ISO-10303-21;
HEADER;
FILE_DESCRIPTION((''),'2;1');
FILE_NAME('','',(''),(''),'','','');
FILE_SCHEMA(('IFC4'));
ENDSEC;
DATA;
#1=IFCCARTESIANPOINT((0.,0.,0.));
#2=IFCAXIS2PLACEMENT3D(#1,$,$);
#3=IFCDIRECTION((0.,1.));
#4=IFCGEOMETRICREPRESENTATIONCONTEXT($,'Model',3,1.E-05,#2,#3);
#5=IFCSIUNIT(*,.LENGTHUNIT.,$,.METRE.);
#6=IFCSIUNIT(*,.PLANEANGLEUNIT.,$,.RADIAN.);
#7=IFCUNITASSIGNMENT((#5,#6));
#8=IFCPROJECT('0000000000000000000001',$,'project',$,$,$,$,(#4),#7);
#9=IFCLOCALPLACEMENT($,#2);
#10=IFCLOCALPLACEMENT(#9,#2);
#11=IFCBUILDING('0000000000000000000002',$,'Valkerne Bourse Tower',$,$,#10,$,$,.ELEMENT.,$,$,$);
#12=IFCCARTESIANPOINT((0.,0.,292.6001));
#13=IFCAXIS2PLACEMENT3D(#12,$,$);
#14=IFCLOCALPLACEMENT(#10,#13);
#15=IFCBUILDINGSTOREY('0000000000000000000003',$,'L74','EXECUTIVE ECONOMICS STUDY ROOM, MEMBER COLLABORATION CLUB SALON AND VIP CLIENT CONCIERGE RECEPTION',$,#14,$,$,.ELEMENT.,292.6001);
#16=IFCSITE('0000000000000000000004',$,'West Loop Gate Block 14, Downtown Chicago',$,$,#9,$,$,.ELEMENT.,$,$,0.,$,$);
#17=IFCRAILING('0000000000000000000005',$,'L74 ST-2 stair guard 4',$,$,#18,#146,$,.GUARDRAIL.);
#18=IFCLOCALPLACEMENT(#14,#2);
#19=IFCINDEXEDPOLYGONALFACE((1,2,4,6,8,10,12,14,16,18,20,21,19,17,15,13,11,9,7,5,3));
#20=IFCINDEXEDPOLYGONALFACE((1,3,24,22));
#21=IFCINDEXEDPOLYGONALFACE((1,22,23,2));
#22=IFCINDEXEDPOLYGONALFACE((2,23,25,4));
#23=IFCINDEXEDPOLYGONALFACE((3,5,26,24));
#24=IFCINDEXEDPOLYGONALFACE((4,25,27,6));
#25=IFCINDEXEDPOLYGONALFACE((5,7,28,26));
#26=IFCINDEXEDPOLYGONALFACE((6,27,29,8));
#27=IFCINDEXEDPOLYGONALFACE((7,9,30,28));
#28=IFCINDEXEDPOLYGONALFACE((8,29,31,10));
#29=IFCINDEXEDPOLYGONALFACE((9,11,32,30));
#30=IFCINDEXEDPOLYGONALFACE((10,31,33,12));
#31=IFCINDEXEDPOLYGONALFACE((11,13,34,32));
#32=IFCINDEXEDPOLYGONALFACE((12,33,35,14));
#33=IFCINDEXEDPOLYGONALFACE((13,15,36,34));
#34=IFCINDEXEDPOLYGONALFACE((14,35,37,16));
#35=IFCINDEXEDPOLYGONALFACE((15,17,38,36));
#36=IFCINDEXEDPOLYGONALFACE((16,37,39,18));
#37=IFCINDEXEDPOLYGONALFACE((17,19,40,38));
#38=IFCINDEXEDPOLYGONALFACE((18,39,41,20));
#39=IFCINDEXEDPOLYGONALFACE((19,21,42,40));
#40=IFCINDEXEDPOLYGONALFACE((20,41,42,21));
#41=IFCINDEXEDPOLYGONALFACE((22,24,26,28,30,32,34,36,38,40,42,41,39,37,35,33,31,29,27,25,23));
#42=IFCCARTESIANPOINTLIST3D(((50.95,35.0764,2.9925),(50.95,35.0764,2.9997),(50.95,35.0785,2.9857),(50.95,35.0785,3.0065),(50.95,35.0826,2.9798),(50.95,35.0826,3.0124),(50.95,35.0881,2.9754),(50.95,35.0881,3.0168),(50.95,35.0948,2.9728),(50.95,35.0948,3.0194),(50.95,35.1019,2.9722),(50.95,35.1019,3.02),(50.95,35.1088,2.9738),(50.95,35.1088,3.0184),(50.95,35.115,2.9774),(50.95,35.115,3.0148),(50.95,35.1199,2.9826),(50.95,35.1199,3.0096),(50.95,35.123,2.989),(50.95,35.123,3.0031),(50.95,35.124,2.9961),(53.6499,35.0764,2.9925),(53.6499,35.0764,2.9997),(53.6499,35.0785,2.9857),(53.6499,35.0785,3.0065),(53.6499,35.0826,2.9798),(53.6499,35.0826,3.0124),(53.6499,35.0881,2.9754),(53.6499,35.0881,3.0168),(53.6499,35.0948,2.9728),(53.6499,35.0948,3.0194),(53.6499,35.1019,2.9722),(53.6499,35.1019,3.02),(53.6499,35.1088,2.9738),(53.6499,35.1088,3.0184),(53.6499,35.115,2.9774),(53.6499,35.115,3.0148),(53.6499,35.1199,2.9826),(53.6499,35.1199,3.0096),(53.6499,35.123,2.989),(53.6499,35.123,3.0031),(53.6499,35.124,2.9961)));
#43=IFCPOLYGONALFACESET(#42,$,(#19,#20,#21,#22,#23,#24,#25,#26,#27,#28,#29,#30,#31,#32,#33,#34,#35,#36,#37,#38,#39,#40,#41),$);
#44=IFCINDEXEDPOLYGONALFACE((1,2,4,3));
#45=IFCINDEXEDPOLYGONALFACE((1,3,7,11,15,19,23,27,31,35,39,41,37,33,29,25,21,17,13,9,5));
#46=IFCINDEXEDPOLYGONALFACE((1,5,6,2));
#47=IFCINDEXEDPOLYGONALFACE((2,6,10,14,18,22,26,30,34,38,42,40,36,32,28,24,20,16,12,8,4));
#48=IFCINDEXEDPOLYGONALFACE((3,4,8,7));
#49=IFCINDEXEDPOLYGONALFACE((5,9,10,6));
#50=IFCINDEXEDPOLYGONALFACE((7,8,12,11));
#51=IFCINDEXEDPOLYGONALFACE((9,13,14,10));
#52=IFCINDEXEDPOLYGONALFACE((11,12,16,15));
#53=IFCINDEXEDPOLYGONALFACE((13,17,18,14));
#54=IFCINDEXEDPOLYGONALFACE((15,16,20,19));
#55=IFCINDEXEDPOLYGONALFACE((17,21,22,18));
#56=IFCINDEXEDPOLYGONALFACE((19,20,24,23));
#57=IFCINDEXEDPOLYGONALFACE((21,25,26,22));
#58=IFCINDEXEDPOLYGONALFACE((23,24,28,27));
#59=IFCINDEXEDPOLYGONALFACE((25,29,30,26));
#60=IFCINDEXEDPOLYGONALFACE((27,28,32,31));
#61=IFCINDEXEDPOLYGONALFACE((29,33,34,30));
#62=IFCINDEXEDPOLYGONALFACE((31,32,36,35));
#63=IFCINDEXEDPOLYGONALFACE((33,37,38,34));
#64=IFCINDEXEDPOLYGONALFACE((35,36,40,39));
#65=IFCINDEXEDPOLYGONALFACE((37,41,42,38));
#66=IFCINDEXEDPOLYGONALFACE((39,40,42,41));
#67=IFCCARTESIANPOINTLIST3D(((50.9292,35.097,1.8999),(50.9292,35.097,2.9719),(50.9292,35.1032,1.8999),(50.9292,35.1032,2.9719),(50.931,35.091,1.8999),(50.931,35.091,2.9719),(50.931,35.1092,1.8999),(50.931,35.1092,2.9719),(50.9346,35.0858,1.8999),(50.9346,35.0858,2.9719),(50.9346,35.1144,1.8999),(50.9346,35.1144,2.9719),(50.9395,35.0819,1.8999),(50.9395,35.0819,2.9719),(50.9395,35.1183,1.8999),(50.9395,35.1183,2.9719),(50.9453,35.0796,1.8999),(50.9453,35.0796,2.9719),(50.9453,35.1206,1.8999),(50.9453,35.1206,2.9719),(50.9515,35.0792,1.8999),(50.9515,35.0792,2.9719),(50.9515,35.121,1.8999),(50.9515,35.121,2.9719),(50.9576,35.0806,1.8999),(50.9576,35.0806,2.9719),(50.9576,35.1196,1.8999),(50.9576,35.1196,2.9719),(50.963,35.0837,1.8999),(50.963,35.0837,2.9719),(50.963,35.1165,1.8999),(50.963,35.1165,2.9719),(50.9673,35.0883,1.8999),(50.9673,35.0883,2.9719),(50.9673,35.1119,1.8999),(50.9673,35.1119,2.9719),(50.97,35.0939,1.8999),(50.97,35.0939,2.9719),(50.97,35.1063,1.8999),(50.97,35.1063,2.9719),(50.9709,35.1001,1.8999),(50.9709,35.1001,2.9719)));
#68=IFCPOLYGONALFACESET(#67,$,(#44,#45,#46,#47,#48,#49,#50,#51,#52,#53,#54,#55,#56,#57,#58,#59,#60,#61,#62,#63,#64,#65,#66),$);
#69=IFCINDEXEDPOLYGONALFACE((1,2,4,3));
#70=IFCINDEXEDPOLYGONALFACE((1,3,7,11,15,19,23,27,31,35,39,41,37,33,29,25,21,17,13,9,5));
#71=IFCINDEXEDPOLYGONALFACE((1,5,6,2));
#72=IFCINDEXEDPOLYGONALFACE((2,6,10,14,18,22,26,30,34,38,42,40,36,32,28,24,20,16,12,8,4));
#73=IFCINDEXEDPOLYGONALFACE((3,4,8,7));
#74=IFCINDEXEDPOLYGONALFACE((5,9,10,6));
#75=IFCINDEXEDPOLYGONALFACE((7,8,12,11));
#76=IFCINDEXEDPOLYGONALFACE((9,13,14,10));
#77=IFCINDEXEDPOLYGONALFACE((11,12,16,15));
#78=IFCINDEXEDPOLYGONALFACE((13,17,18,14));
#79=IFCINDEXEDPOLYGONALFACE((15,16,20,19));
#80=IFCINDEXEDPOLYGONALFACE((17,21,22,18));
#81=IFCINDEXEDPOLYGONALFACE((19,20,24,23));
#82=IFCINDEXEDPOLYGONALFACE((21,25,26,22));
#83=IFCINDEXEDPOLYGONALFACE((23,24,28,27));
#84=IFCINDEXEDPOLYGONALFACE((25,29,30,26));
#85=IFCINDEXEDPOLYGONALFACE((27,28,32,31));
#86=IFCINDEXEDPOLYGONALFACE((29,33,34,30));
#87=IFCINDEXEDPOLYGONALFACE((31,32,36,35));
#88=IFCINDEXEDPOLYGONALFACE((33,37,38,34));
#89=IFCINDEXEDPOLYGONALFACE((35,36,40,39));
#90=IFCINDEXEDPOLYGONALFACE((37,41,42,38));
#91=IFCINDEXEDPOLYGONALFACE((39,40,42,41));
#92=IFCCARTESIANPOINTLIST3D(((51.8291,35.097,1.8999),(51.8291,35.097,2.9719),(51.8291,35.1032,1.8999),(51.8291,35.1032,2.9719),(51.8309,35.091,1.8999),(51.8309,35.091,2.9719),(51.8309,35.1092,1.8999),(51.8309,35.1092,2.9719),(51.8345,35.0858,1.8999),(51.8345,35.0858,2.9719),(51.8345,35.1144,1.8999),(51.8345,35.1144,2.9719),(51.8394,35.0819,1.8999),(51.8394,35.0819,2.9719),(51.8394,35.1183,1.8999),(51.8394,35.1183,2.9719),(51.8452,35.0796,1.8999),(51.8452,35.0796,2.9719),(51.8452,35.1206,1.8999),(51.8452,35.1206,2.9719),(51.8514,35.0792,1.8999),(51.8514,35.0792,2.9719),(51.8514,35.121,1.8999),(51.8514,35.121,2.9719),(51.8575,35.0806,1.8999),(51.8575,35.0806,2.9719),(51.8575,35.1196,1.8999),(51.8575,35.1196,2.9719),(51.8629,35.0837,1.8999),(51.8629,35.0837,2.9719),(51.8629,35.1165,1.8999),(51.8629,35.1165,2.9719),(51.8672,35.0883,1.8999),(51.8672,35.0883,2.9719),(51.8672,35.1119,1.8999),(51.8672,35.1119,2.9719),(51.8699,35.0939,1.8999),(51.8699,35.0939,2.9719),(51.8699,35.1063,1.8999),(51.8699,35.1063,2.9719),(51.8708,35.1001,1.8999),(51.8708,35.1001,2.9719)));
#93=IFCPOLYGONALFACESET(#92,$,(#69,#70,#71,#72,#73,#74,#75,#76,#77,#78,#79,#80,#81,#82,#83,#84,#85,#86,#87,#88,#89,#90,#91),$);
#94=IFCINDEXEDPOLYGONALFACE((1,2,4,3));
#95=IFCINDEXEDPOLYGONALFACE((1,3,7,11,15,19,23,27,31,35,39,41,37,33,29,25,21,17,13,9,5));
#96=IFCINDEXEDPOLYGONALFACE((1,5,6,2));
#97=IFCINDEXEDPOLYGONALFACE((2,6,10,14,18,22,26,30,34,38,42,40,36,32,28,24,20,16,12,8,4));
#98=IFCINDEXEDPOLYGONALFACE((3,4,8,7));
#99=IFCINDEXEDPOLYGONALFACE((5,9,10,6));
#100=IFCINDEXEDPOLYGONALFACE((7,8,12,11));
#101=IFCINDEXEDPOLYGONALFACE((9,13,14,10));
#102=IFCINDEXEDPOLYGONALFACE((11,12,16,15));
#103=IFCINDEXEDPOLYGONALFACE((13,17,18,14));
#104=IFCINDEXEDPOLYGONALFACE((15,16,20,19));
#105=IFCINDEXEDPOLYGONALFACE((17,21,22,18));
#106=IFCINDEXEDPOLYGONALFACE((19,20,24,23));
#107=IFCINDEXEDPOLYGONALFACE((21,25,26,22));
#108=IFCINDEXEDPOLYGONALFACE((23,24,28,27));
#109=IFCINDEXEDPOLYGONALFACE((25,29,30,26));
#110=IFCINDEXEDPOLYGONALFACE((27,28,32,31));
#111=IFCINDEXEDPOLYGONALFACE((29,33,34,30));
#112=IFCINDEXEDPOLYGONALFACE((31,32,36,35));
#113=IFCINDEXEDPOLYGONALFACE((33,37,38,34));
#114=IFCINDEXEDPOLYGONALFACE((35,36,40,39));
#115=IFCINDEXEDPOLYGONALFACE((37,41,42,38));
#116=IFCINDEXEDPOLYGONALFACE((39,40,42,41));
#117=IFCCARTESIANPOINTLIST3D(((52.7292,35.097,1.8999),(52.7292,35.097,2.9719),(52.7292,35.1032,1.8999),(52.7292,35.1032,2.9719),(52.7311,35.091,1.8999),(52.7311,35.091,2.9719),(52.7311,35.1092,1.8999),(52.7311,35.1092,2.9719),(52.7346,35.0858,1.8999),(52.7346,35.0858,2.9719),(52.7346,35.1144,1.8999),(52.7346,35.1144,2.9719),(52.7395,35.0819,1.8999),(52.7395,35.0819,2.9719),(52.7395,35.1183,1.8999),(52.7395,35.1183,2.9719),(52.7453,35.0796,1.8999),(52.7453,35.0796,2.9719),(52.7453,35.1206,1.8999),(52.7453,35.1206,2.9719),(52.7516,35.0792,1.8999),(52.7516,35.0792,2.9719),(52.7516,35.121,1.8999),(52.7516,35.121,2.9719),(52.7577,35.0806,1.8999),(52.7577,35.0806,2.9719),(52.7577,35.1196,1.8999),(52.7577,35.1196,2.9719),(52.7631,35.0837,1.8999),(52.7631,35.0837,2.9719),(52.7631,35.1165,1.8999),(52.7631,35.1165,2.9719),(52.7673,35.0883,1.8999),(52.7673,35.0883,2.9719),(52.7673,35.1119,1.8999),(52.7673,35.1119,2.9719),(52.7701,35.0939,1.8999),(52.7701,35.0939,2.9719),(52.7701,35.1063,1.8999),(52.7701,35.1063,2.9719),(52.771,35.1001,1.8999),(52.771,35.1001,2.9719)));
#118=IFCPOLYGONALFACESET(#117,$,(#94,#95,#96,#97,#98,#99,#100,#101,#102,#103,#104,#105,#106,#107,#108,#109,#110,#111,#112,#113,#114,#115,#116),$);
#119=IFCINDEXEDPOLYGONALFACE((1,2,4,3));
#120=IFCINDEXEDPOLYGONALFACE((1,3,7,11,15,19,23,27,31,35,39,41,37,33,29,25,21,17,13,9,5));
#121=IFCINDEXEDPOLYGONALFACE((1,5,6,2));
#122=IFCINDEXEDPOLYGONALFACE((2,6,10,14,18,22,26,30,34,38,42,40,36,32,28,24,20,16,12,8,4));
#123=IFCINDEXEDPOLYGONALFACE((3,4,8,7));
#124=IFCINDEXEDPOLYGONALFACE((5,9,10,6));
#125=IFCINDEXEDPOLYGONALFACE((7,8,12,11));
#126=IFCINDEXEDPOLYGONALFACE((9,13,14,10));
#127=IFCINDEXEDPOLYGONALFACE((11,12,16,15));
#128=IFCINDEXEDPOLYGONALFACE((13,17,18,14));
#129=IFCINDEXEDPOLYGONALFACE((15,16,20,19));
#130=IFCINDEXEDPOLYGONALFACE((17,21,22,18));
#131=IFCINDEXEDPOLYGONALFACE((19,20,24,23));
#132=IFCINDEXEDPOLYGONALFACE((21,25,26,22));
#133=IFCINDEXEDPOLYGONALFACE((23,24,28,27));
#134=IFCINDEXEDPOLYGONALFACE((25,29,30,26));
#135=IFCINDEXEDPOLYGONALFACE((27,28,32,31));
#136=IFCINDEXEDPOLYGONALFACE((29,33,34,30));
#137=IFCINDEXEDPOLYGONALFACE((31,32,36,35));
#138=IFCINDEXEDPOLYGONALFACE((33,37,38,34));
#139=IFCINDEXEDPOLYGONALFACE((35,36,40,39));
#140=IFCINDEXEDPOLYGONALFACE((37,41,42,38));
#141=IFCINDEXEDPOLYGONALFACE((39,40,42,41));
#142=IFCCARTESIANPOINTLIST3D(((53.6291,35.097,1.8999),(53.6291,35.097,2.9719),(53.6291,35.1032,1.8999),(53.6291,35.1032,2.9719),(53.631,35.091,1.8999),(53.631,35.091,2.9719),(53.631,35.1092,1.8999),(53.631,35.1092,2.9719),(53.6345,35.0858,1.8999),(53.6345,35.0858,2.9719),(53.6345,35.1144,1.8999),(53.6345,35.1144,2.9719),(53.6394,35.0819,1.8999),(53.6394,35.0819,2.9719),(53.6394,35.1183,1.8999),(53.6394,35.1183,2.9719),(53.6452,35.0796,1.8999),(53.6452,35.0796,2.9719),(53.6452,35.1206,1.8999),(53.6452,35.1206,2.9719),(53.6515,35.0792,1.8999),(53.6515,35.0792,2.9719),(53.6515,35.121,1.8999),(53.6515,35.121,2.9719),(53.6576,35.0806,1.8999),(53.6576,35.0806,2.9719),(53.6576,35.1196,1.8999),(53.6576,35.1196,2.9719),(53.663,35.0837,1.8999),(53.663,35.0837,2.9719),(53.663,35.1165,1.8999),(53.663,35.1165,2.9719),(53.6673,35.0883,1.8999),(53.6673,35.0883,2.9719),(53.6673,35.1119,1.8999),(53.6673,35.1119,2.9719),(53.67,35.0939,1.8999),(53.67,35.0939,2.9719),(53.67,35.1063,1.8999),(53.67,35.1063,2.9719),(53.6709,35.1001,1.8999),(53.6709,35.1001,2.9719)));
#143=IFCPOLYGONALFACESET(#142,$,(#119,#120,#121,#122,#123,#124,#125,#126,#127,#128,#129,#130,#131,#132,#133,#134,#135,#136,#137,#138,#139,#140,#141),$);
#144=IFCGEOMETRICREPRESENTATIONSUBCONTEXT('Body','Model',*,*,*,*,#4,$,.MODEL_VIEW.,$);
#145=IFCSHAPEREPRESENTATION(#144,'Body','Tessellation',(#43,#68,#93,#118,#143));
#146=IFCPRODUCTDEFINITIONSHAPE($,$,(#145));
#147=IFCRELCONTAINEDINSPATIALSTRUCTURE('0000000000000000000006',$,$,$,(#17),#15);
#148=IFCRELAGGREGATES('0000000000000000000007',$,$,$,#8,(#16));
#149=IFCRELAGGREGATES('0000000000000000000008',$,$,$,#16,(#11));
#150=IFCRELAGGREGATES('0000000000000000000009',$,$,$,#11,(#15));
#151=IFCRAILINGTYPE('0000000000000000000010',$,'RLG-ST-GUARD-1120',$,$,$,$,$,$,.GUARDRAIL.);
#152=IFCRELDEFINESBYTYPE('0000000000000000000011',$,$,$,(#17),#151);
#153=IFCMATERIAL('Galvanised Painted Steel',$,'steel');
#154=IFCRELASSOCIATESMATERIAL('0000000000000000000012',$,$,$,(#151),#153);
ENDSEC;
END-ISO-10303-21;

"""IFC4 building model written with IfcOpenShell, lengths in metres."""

from ifc_helpers import new_model, si_unit, direction, frame, origin, origin_2d, place, context, subcontext, project, spatial, circle, extrude, material, type_object, element, save


model = new_model("IFC4")

# Units and contexts
model_context = context("Model", 3, precision=1e-05, world=origin(), true_north=direction((0.0, 1.0)))
body_context = subcontext(model_context, "Body", "Model", "MODEL_VIEW")
ifc_project = project(units=[si_unit("LENGTHUNIT", "METRE"), si_unit("PLANEANGLEUNIT", "RADIAN")], contexts=[model_context])

# Site, building, storey
site_placement = place(None, origin())
site = spatial("IfcSite", under=ifc_project, at=site_placement, Name="West Loop Gate Block 14, Downtown Chicago", CompositionType="ELEMENT", RefElevation=0.0)
building_placement = place(site_placement, origin())
building = spatial("IfcBuilding", under=site, at=building_placement, Name="Valkerne Bourse Tower", CompositionType="ELEMENT")
storey_placement = place(building_placement, frame((0.0, 0.0, 292.6001)))
storey = spatial("IfcBuildingStorey", under=building, at=storey_placement, Name="L74", Description="EXECUTIVE ECONOMICS STUDY ROOM, MEMBER COLLABORATION CLUB SALON AND VIP CLIENT CONCIERGE RECEPTION", CompositionType="ELEMENT", Elevation=292.6001)

# Shared definitions
ifc_material_1 = material(Name="Galvanised Painted Steel", Category="steel")

# Railing
railing_type_1 = type_object("IfcRailingType", Name="RLG-ST-GUARD-1120", PredefinedType="GUARDRAIL", material=ifc_material_1)
for number, where, name in (
    (1, (50.95, 35.1001, 1.8999), "L74 ST-2 stair guard 4"),
):
    element("IfcRailing", number, at=place(storey_placement, frame(where)), inside=storey, type_object=railing_type_1, Name=name, PredefinedType="GUARDRAIL", context=body_context, shape_type="SweptSolid", body=[
        extrude(circle(Radius=0.0239, at=origin_2d()), frame((0.0, 0.0, 1.0962), z_axis=(1.0, 0.0, 0.0), x_axis=(0.0, 1.0, 0.0)), (0.0, 0.0, 1.0), 2.7),
        extrude(circle(Radius=0.021, at=origin_2d()), origin(), (0.0, 0.0, 1.0), 1.072),
        extrude(circle(Radius=0.021, at=origin_2d()), frame((0.8999, 0.0, 0.0)), (0.0, 0.0, 1.0), 1.072),
        extrude(circle(Radius=0.021, at=origin_2d()), frame((1.8, 0.0, 0.0)), (0.0, 0.0, 1.0), 1.072),
        extrude(circle(Radius=0.021, at=origin_2d()), frame((2.7, 0.0, 0.0)), (0.0, 0.0, 1.0), 1.072),
    ])

save(model, "model.ifc")
